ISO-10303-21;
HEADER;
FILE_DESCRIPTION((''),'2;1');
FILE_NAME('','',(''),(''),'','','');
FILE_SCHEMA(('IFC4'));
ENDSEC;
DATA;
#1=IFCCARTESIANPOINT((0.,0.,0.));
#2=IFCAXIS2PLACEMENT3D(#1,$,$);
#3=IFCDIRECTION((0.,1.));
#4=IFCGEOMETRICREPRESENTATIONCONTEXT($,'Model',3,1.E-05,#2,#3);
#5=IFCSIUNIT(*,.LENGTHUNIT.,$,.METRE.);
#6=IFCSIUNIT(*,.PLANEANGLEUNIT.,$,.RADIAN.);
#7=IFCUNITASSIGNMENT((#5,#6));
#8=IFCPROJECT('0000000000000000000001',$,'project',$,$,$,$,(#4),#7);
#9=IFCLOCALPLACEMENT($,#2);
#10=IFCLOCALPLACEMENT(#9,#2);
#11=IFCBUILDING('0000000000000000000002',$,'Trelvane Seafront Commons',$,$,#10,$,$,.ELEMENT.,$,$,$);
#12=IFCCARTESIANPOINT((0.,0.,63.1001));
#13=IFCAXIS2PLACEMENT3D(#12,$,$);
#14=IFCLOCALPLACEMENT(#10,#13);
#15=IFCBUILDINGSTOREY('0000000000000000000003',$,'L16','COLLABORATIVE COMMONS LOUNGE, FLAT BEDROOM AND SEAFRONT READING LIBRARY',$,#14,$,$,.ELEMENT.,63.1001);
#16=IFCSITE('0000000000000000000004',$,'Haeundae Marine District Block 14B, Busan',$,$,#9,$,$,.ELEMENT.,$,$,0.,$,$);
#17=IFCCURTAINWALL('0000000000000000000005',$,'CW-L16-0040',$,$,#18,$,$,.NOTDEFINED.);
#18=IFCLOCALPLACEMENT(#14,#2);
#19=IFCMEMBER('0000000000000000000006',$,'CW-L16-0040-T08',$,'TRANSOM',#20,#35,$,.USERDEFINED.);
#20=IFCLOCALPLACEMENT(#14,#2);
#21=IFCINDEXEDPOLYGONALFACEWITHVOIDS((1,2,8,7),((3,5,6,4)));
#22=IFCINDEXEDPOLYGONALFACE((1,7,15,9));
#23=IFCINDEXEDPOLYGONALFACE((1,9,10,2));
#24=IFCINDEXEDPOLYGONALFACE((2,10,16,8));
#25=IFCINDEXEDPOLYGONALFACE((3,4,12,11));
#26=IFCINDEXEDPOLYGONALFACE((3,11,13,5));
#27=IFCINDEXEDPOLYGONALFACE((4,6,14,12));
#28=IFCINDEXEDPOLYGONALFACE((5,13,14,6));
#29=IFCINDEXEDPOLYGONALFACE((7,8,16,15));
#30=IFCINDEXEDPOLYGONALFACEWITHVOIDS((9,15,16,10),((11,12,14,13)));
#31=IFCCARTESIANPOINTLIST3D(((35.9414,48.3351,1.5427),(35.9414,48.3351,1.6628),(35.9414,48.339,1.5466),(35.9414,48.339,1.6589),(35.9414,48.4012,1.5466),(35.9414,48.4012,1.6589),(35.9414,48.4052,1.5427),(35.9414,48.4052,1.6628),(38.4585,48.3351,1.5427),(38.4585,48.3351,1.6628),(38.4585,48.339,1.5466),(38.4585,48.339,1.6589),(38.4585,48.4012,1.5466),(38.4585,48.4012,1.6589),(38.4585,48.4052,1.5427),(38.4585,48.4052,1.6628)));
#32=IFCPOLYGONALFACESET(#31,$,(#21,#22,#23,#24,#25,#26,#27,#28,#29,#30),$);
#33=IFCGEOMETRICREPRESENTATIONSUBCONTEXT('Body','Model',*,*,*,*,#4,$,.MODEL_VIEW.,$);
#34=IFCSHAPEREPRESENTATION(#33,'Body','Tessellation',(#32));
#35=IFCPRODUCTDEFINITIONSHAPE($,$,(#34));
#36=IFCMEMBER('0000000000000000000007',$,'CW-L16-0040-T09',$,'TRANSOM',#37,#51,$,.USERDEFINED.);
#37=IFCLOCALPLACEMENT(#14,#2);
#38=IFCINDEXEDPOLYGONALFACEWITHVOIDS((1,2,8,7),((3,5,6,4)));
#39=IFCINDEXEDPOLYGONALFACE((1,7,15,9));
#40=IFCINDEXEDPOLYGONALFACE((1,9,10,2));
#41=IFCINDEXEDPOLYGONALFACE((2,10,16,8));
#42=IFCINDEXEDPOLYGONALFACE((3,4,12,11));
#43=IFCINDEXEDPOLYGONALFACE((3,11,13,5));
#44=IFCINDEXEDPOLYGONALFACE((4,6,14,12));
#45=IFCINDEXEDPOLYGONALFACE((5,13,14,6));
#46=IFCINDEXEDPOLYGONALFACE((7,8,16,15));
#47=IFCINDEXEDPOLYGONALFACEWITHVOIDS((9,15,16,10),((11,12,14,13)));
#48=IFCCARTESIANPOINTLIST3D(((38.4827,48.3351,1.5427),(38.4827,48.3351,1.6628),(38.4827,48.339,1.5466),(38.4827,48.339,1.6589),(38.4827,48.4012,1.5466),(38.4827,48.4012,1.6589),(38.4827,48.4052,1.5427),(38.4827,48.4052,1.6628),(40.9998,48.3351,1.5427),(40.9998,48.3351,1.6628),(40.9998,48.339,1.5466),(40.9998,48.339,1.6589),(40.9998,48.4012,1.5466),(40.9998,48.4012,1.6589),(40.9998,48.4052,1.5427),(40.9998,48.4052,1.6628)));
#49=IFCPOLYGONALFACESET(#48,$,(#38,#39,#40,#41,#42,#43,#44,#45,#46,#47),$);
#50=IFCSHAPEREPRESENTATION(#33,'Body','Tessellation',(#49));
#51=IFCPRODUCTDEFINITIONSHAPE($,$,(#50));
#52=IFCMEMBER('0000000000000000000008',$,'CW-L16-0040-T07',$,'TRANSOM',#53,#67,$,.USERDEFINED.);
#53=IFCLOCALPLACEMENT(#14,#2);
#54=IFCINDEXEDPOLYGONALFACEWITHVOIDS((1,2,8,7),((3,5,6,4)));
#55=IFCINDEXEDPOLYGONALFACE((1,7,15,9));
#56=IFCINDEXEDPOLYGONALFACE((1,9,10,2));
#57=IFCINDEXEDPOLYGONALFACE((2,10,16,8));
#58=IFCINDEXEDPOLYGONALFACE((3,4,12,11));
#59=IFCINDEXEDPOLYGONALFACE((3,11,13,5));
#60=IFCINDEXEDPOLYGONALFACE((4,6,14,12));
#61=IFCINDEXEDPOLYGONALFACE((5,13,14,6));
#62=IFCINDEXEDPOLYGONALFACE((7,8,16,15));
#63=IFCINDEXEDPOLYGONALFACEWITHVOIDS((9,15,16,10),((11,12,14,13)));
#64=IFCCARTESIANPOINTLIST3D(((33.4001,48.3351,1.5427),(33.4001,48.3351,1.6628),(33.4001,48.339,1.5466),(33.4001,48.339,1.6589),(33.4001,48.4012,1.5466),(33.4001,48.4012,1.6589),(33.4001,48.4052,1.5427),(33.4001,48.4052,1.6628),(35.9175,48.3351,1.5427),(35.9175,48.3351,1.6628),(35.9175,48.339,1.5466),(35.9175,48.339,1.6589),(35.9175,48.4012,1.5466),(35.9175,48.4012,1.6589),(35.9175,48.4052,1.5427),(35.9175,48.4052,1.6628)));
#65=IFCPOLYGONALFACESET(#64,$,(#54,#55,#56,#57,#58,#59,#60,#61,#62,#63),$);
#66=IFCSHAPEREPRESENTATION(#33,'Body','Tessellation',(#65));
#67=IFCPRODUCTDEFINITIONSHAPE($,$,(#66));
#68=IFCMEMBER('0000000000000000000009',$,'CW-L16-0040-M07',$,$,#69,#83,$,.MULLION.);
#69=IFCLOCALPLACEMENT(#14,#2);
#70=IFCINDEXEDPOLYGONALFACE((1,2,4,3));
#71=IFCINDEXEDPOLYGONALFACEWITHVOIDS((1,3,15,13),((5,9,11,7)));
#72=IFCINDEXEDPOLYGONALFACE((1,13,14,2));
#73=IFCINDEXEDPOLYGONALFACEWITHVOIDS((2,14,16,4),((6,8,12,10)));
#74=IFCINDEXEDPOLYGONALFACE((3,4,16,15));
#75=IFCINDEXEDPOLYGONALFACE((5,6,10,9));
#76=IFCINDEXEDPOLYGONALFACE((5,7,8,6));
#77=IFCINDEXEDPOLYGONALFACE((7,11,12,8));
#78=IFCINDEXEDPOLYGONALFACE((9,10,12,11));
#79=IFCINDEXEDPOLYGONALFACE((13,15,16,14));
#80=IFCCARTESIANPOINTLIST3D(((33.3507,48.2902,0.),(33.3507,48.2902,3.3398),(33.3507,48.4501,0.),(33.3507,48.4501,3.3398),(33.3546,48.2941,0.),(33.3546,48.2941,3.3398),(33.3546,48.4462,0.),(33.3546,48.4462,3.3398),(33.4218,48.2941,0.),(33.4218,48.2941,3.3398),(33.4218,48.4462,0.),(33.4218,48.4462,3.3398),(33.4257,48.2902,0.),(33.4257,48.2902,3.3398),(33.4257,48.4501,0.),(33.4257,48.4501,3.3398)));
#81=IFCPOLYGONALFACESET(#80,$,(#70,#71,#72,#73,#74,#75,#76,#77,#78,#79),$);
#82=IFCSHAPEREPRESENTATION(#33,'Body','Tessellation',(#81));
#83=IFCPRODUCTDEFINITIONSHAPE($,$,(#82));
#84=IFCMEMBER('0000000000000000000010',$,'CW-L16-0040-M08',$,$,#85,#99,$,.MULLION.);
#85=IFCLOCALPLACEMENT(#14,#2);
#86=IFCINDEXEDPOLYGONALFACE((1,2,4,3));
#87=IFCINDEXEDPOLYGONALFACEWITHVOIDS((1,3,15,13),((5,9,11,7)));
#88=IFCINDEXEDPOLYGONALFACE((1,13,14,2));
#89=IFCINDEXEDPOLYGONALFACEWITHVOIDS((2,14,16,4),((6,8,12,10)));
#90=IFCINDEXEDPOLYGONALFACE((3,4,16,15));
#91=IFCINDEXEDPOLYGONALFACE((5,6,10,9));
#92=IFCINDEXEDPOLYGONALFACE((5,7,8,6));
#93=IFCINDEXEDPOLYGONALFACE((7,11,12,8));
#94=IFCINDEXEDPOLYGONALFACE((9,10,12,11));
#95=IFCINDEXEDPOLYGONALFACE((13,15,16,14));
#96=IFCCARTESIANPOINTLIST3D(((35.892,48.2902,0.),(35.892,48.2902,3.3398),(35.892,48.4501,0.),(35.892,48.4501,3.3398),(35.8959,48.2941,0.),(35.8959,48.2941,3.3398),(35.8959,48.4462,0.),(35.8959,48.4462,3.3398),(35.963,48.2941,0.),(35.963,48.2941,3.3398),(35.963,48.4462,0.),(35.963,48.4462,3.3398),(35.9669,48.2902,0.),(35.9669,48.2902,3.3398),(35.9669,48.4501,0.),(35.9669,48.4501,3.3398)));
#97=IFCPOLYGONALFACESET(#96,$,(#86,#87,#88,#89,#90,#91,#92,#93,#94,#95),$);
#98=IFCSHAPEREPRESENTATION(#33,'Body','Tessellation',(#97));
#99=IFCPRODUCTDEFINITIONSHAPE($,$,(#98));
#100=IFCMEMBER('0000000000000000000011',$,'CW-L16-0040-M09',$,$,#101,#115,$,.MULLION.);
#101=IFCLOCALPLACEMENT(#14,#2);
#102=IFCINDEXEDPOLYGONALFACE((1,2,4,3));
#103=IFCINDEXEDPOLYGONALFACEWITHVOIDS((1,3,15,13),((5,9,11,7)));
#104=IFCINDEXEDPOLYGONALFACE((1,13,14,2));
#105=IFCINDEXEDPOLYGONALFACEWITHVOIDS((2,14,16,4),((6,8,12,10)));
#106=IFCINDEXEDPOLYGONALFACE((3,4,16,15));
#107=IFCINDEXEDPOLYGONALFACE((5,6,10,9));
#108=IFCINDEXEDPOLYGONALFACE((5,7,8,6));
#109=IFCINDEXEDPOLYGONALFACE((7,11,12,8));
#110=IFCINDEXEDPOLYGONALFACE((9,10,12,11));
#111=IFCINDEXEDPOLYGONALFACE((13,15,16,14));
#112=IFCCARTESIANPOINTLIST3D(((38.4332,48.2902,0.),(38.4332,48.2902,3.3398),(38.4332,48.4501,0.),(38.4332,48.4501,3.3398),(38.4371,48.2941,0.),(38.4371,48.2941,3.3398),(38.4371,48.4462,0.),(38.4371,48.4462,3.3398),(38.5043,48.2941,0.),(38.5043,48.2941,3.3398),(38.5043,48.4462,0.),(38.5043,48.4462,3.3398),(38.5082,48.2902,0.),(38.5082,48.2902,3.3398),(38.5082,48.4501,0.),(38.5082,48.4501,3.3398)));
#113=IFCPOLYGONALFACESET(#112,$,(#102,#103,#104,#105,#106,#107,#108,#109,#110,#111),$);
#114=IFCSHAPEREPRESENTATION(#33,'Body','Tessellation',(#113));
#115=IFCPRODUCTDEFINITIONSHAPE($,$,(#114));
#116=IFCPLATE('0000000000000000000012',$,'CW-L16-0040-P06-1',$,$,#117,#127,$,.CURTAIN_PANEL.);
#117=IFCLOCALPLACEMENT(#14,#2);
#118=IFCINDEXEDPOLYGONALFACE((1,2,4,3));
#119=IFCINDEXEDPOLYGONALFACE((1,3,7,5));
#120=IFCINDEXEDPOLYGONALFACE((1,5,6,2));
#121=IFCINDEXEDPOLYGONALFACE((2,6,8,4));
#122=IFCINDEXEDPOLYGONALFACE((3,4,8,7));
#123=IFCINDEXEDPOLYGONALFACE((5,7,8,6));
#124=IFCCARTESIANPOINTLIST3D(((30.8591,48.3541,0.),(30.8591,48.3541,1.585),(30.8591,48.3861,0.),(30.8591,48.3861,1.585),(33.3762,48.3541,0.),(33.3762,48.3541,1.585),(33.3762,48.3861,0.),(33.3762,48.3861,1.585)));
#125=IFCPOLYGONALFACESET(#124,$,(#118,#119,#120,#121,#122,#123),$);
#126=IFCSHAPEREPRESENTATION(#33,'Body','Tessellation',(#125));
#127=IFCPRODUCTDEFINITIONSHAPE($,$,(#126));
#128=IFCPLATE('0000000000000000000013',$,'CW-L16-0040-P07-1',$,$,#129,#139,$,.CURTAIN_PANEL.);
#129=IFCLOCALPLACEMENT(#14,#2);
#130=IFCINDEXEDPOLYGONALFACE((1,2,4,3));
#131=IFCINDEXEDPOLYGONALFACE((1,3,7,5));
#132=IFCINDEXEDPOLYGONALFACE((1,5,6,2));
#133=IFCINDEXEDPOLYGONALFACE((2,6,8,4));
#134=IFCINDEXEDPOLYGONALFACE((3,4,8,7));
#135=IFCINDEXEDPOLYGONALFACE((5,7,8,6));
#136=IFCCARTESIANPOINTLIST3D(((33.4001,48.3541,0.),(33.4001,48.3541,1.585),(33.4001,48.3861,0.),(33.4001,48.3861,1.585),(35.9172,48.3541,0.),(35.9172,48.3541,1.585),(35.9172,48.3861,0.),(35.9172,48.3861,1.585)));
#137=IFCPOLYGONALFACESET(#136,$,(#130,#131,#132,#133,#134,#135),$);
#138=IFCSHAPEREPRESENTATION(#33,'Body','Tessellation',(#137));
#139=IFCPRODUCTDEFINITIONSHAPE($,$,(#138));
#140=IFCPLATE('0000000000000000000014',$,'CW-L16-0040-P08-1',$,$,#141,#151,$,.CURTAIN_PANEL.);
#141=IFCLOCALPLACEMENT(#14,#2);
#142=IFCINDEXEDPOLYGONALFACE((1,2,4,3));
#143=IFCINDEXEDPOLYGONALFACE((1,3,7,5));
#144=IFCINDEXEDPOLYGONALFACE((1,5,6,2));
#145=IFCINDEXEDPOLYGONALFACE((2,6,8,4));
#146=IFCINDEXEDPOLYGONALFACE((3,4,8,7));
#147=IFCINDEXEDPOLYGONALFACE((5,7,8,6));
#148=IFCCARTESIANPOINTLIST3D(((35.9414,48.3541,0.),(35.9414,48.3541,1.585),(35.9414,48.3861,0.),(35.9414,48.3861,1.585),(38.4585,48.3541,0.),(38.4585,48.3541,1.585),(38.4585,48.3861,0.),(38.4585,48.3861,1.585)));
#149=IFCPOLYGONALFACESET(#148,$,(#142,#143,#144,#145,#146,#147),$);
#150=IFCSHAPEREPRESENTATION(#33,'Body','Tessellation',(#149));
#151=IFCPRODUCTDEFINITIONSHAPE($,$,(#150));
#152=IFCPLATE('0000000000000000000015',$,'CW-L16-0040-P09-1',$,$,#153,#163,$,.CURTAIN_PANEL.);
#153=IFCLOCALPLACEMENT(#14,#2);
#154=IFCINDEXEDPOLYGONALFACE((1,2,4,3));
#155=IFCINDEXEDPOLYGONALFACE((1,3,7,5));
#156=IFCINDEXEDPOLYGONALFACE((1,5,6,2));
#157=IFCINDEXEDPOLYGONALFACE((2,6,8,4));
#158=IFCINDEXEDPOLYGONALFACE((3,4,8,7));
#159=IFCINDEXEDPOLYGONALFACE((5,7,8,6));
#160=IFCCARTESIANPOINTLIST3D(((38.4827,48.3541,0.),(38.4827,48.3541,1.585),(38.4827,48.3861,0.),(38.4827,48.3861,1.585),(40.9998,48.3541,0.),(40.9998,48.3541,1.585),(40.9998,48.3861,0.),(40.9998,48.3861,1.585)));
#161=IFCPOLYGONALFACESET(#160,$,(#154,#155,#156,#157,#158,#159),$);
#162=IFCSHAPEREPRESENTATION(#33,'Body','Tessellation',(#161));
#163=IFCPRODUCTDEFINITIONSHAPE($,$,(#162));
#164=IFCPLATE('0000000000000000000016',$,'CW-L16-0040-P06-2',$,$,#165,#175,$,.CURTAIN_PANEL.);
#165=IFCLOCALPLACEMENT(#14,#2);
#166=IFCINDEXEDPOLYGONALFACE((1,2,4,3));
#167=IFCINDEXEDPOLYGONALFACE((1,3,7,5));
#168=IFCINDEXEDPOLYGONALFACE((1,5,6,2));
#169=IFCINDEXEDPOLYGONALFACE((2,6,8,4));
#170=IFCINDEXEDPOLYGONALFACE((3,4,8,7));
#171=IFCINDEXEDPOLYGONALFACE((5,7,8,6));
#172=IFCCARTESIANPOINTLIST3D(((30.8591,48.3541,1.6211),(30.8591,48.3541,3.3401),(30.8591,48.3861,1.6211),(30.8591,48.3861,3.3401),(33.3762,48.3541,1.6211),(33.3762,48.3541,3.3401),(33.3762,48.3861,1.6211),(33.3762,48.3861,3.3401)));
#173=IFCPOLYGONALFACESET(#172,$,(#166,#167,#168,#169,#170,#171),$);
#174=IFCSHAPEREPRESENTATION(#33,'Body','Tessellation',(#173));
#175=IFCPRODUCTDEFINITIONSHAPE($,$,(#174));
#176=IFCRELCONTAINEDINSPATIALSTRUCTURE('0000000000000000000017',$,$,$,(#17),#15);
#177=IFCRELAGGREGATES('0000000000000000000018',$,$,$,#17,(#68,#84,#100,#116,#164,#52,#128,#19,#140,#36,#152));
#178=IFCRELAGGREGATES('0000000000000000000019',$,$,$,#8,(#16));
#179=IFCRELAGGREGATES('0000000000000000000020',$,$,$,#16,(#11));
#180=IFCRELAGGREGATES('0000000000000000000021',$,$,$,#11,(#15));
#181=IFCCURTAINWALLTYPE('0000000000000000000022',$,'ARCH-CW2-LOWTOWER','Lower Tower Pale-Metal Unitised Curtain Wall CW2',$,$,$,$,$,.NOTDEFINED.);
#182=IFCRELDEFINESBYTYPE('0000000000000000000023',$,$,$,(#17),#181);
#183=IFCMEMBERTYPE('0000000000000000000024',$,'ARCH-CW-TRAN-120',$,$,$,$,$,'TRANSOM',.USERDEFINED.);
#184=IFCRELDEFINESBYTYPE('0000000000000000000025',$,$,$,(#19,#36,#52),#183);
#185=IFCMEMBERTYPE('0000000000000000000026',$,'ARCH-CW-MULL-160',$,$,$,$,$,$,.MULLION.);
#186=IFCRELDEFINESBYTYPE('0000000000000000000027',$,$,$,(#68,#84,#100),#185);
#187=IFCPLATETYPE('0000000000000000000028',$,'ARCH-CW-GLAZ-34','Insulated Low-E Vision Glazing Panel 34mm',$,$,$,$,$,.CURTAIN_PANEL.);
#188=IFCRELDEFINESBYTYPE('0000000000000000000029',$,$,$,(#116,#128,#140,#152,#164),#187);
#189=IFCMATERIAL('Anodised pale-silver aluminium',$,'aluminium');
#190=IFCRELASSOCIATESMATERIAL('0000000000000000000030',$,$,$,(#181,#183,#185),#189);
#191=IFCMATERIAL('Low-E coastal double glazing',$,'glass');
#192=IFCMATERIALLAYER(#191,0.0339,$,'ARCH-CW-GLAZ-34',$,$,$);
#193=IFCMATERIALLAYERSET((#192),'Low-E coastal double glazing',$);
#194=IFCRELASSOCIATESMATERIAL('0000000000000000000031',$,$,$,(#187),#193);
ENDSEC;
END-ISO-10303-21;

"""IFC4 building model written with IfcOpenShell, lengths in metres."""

from ifc_helpers import new_model, si_unit, direction, frame, origin, origin_2d, place, context, subcontext, project, spatial, rectangle, hollow_rectangle, extrude, source, transform, mapped, material, layer, layer_set, material_profile, profile_set, type_object, element, aggregate, save


model = new_model("IFC4")

# Units and contexts
model_context = context("Model", 3, precision=1e-05, world=origin(), true_north=direction((0.0, 1.0)))
body_context = subcontext(model_context, "Body", "Model", "MODEL_VIEW")
ifc_project = project(units=[si_unit("LENGTHUNIT", "METRE"), si_unit("PLANEANGLEUNIT", "RADIAN")], contexts=[model_context])

# Site, building, storey
site_placement = place(None, origin())
site = spatial("IfcSite", under=ifc_project, at=site_placement, Name="Haeundae Marine District Block 14B, Busan", CompositionType="ELEMENT", RefElevation=0.0)
building_placement = place(site_placement, origin())
building = spatial("IfcBuilding", under=site, at=building_placement, Name="Trelvane Seafront Commons", CompositionType="ELEMENT")
storey_placement = place(building_placement, frame((0.0, 0.0, 63.1001)))
storey = spatial("IfcBuildingStorey", under=building, at=storey_placement, Name="L16", Description="COLLABORATIVE COMMONS LOUNGE, FLAT BEDROOM AND SEAFRONT READING LIBRARY", CompositionType="ELEMENT", Elevation=63.1001)

# Curtain wall, members, plates
ifc_material_1 = material(Name="Anodised pale-silver aluminium", Category="aluminium")
curtain_wall_type = type_object("IfcCurtainWallType", Name="ARCH-CW2-LOWTOWER", Description="Lower Tower Pale-Metal Unitised Curtain Wall CW2", PredefinedType="NOTDEFINED", material=ifc_material_1)
curtain_wall_placement = place(storey_placement, origin())
curtain_wall = element("IfcCurtainWall", 1, at=curtain_wall_placement, inside=storey, type_object=curtain_wall_type, Name="CW-L16-0040", PredefinedType="NOTDEFINED")
ifc_material_profile_1 = material_profile(ifc_material_1, hollow_rectangle(XDim=0.0701, YDim=0.1201, WallThickness=0.0039, at=origin_2d()), Name="TRAN-70x120x4")
ifc_profile_set_1 = profile_set([ifc_material_profile_1], Name="Anodised pale-silver aluminium")
member_type_1 = type_object("IfcMemberType", Name="ARCH-CW-TRAN-120", ElementType="TRANSOM", PredefinedType="USERDEFINED", material=ifc_profile_set_1)
shared_shape_1 = source(origin(), body_context, "Body", "SweptSolid", [
    extrude(hollow_rectangle(XDim=0.0701, YDim=0.1201, WallThickness=0.0039, at=origin_2d()), origin(), (0.0, 0.0, 1.0), 2.5171),
])
member_1_placement = place(storey_placement, frame((35.9414, 48.3701, 1.6028), z_axis=(1.0, 0.0, 0.0), x_axis=(0.0, 1.0, 0.0)))
member_1 = element("IfcMember", 2, at=member_1_placement, type_object=member_type_1, Name="CW-L16-0040-T08", ObjectType="TRANSOM", PredefinedType="USERDEFINED", context=body_context, shape_type="MappedRepresentation", body=[
    mapped(shared_shape_1, transform((0.0, 0.0, 0.0), x_axis=(1.0, 0.0, 0.0), y_axis=(0.0, 1.0, 0.0), z_axis=(0.0, 0.0, 1.0), scale=1.0)),
])
member_2_placement = place(storey_placement, frame((38.4827, 48.3701, 1.6028), z_axis=(1.0, 0.0, 0.0), x_axis=(0.0, 1.0, 0.0)))
member_2 = element("IfcMember", 3, at=member_2_placement, type_object=member_type_1, Name="CW-L16-0040-T09", ObjectType="TRANSOM", PredefinedType="USERDEFINED", context=body_context, shape_type="MappedRepresentation", body=[
    mapped(shared_shape_1, transform((0.0, 0.0, 0.0), x_axis=(1.0, 0.0, 0.0), y_axis=(0.0, 1.0, 0.0), z_axis=(0.0, 0.0, 1.0), scale=1.0)),
])
shared_shape_2 = source(origin(), body_context, "Body", "SweptSolid", [
    extrude(hollow_rectangle(XDim=0.0701, YDim=0.1201, WallThickness=0.0039, at=origin_2d()), origin(), (0.0, 0.0, 1.0), 2.5173),
])
member_3_placement = place(storey_placement, frame((33.4001, 48.3701, 1.6028), z_axis=(1.0, 0.0, 0.0), x_axis=(0.0, 1.0, 0.0)))
member_3 = element("IfcMember", 4, at=member_3_placement, type_object=member_type_1, Name="CW-L16-0040-T07", ObjectType="TRANSOM", PredefinedType="USERDEFINED", context=body_context, shape_type="MappedRepresentation", body=[
    mapped(shared_shape_2, transform((0.0, 0.0, 0.0), x_axis=(1.0, 0.0, 0.0), y_axis=(0.0, 1.0, 0.0), z_axis=(0.0, 0.0, 1.0), scale=1.0)),
])
ifc_material_profile_2 = material_profile(ifc_material_1, hollow_rectangle(XDim=0.075, YDim=0.1599, WallThickness=0.0039, at=origin_2d()), Name="MULL-75x160x4")
ifc_profile_set_2 = profile_set([ifc_material_profile_2], Name="Anodised pale-silver aluminium")
member_type_2 = type_object("IfcMemberType", Name="ARCH-CW-MULL-160", PredefinedType="MULLION", material=ifc_profile_set_2)
shared_shape_3 = source(origin(), body_context, "Body", "SweptSolid", [
    extrude(hollow_rectangle(XDim=0.075, YDim=0.1599, WallThickness=0.0039, at=origin_2d()), origin(), (0.0, 0.0, 1.0), 3.3398),
])
member_4_placement = place(storey_placement, frame((33.3882, 48.3701, 0.0), z_axis=(0.0, 0.0, 1.0), x_axis=(1.0, 0.0, 0.0)))
member_4 = element("IfcMember", 5, at=member_4_placement, type_object=member_type_2, Name="CW-L16-0040-M07", PredefinedType="MULLION", context=body_context, shape_type="MappedRepresentation", body=[
    mapped(shared_shape_3, transform((0.0, 0.0, 0.0), x_axis=(1.0, 0.0, 0.0), y_axis=(0.0, 1.0, 0.0), z_axis=(0.0, 0.0, 1.0), scale=1.0)),
])
member_5_placement = place(storey_placement, frame((35.9294, 48.3701, 0.0), z_axis=(0.0, 0.0, 1.0), x_axis=(1.0, 0.0, 0.0)))
member_5 = element("IfcMember", 6, at=member_5_placement, type_object=member_type_2, Name="CW-L16-0040-M08", PredefinedType="MULLION", context=body_context, shape_type="MappedRepresentation", body=[
    mapped(shared_shape_3, transform((0.0, 0.0, 0.0), x_axis=(1.0, 0.0, 0.0), y_axis=(0.0, 1.0, 0.0), z_axis=(0.0, 0.0, 1.0), scale=1.0)),
])
member_6_placement = place(storey_placement, frame((38.4707, 48.3701, 0.0), z_axis=(0.0, 0.0, 1.0), x_axis=(1.0, 0.0, 0.0)))
member_6 = element("IfcMember", 7, at=member_6_placement, type_object=member_type_2, Name="CW-L16-0040-M09", PredefinedType="MULLION", context=body_context, shape_type="MappedRepresentation", body=[
    mapped(shared_shape_3, transform((0.0, 0.0, 0.0), x_axis=(1.0, 0.0, 0.0), y_axis=(0.0, 1.0, 0.0), z_axis=(0.0, 0.0, 1.0), scale=1.0)),
])
ifc_material_2 = material(Name="Low-E coastal double glazing", Category="glass")
ifc_layer_1 = layer(ifc_material_2, 0.0339, Name="ARCH-CW-GLAZ-34")
ifc_layer_set_1 = layer_set([ifc_layer_1], Name="Low-E coastal double glazing")
plate_type_1 = type_object("IfcPlateType", Name="ARCH-CW-GLAZ-34", Description="Insulated Low-E Vision Glazing Panel 34mm", PredefinedType="CURTAIN_PANEL", material=ifc_layer_set_1)
shared_shape_4 = source(origin(), body_context, "Body", "SweptSolid", [
    extrude(rectangle(XDim=2.5171, YDim=0.032, at=origin_2d()), origin(), (0.0, 0.0, 1.0), 1.585),
])
plate_1_placement = place(storey_placement, frame((32.1177, 48.3701, 0.0), z_axis=(0.0, 0.0, 1.0), x_axis=(1.0, 0.0, 0.0)))
plate_1 = element("IfcPlate", 8, at=plate_1_placement, type_object=plate_type_1, Name="CW-L16-0040-P06-1", PredefinedType="CURTAIN_PANEL", context=body_context, shape_type="MappedRepresentation", body=[
    mapped(shared_shape_4, transform((0.0, 0.0, 0.0), x_axis=(1.0, 0.0, 0.0), y_axis=(0.0, 1.0, 0.0), z_axis=(0.0, 0.0, 1.0), scale=1.0)),
])
plate_2_placement = place(storey_placement, frame((34.6587, 48.3701, 0.0), z_axis=(0.0, 0.0, 1.0), x_axis=(1.0, 0.0, 0.0)))
plate_2 = element("IfcPlate", 9, at=plate_2_placement, type_object=plate_type_1, Name="CW-L16-0040-P07-1", PredefinedType="CURTAIN_PANEL", context=body_context, shape_type="MappedRepresentation", body=[
    mapped(shared_shape_4, transform((0.0, 0.0, 0.0), x_axis=(1.0, 0.0, 0.0), y_axis=(0.0, 1.0, 0.0), z_axis=(0.0, 0.0, 1.0), scale=1.0)),
])
plate_3_placement = place(storey_placement, frame((37.2, 48.3701, 0.0), z_axis=(0.0, 0.0, 1.0), x_axis=(1.0, 0.0, 0.0)))
plate_3 = element("IfcPlate", 10, at=plate_3_placement, type_object=plate_type_1, Name="CW-L16-0040-P08-1", PredefinedType="CURTAIN_PANEL", context=body_context, shape_type="MappedRepresentation", body=[
    mapped(shared_shape_4, transform((0.0, 0.0, 0.0), x_axis=(1.0, 0.0, 0.0), y_axis=(0.0, 1.0, 0.0), z_axis=(0.0, 0.0, 1.0), scale=1.0)),
])
plate_4_placement = place(storey_placement, frame((39.7412, 48.3701, 0.0), z_axis=(0.0, 0.0, 1.0), x_axis=(1.0, 0.0, 0.0)))
plate_4 = element("IfcPlate", 11, at=plate_4_placement, type_object=plate_type_1, Name="CW-L16-0040-P09-1", PredefinedType="CURTAIN_PANEL", context=body_context, shape_type="MappedRepresentation", body=[
    mapped(shared_shape_4, transform((0.0, 0.0, 0.0), x_axis=(1.0, 0.0, 0.0), y_axis=(0.0, 1.0, 0.0), z_axis=(0.0, 0.0, 1.0), scale=1.0)),
])
shared_shape_5 = source(origin(), body_context, "Body", "SweptSolid", [
    extrude(rectangle(XDim=2.5171, YDim=0.032, at=origin_2d()), origin(), (0.0, 0.0, 1.0), 1.719),
])
plate_5_placement = place(storey_placement, frame((32.1177, 48.3701, 1.6211), z_axis=(0.0, 0.0, 1.0), x_axis=(1.0, 0.0, 0.0)))
plate_5 = element("IfcPlate", 12, at=plate_5_placement, type_object=plate_type_1, Name="CW-L16-0040-P06-2", PredefinedType="CURTAIN_PANEL", context=body_context, shape_type="MappedRepresentation", body=[
    mapped(shared_shape_5, transform((0.0, 0.0, 0.0), x_axis=(1.0, 0.0, 0.0), y_axis=(0.0, 1.0, 0.0), z_axis=(0.0, 0.0, 1.0), scale=1.0)),
])
aggregate(curtain_wall, [member_4, member_5, member_6, plate_1, plate_5, member_3, plate_2, member_1, plate_3, member_2, plate_4])

save(model, "model.ifc")
